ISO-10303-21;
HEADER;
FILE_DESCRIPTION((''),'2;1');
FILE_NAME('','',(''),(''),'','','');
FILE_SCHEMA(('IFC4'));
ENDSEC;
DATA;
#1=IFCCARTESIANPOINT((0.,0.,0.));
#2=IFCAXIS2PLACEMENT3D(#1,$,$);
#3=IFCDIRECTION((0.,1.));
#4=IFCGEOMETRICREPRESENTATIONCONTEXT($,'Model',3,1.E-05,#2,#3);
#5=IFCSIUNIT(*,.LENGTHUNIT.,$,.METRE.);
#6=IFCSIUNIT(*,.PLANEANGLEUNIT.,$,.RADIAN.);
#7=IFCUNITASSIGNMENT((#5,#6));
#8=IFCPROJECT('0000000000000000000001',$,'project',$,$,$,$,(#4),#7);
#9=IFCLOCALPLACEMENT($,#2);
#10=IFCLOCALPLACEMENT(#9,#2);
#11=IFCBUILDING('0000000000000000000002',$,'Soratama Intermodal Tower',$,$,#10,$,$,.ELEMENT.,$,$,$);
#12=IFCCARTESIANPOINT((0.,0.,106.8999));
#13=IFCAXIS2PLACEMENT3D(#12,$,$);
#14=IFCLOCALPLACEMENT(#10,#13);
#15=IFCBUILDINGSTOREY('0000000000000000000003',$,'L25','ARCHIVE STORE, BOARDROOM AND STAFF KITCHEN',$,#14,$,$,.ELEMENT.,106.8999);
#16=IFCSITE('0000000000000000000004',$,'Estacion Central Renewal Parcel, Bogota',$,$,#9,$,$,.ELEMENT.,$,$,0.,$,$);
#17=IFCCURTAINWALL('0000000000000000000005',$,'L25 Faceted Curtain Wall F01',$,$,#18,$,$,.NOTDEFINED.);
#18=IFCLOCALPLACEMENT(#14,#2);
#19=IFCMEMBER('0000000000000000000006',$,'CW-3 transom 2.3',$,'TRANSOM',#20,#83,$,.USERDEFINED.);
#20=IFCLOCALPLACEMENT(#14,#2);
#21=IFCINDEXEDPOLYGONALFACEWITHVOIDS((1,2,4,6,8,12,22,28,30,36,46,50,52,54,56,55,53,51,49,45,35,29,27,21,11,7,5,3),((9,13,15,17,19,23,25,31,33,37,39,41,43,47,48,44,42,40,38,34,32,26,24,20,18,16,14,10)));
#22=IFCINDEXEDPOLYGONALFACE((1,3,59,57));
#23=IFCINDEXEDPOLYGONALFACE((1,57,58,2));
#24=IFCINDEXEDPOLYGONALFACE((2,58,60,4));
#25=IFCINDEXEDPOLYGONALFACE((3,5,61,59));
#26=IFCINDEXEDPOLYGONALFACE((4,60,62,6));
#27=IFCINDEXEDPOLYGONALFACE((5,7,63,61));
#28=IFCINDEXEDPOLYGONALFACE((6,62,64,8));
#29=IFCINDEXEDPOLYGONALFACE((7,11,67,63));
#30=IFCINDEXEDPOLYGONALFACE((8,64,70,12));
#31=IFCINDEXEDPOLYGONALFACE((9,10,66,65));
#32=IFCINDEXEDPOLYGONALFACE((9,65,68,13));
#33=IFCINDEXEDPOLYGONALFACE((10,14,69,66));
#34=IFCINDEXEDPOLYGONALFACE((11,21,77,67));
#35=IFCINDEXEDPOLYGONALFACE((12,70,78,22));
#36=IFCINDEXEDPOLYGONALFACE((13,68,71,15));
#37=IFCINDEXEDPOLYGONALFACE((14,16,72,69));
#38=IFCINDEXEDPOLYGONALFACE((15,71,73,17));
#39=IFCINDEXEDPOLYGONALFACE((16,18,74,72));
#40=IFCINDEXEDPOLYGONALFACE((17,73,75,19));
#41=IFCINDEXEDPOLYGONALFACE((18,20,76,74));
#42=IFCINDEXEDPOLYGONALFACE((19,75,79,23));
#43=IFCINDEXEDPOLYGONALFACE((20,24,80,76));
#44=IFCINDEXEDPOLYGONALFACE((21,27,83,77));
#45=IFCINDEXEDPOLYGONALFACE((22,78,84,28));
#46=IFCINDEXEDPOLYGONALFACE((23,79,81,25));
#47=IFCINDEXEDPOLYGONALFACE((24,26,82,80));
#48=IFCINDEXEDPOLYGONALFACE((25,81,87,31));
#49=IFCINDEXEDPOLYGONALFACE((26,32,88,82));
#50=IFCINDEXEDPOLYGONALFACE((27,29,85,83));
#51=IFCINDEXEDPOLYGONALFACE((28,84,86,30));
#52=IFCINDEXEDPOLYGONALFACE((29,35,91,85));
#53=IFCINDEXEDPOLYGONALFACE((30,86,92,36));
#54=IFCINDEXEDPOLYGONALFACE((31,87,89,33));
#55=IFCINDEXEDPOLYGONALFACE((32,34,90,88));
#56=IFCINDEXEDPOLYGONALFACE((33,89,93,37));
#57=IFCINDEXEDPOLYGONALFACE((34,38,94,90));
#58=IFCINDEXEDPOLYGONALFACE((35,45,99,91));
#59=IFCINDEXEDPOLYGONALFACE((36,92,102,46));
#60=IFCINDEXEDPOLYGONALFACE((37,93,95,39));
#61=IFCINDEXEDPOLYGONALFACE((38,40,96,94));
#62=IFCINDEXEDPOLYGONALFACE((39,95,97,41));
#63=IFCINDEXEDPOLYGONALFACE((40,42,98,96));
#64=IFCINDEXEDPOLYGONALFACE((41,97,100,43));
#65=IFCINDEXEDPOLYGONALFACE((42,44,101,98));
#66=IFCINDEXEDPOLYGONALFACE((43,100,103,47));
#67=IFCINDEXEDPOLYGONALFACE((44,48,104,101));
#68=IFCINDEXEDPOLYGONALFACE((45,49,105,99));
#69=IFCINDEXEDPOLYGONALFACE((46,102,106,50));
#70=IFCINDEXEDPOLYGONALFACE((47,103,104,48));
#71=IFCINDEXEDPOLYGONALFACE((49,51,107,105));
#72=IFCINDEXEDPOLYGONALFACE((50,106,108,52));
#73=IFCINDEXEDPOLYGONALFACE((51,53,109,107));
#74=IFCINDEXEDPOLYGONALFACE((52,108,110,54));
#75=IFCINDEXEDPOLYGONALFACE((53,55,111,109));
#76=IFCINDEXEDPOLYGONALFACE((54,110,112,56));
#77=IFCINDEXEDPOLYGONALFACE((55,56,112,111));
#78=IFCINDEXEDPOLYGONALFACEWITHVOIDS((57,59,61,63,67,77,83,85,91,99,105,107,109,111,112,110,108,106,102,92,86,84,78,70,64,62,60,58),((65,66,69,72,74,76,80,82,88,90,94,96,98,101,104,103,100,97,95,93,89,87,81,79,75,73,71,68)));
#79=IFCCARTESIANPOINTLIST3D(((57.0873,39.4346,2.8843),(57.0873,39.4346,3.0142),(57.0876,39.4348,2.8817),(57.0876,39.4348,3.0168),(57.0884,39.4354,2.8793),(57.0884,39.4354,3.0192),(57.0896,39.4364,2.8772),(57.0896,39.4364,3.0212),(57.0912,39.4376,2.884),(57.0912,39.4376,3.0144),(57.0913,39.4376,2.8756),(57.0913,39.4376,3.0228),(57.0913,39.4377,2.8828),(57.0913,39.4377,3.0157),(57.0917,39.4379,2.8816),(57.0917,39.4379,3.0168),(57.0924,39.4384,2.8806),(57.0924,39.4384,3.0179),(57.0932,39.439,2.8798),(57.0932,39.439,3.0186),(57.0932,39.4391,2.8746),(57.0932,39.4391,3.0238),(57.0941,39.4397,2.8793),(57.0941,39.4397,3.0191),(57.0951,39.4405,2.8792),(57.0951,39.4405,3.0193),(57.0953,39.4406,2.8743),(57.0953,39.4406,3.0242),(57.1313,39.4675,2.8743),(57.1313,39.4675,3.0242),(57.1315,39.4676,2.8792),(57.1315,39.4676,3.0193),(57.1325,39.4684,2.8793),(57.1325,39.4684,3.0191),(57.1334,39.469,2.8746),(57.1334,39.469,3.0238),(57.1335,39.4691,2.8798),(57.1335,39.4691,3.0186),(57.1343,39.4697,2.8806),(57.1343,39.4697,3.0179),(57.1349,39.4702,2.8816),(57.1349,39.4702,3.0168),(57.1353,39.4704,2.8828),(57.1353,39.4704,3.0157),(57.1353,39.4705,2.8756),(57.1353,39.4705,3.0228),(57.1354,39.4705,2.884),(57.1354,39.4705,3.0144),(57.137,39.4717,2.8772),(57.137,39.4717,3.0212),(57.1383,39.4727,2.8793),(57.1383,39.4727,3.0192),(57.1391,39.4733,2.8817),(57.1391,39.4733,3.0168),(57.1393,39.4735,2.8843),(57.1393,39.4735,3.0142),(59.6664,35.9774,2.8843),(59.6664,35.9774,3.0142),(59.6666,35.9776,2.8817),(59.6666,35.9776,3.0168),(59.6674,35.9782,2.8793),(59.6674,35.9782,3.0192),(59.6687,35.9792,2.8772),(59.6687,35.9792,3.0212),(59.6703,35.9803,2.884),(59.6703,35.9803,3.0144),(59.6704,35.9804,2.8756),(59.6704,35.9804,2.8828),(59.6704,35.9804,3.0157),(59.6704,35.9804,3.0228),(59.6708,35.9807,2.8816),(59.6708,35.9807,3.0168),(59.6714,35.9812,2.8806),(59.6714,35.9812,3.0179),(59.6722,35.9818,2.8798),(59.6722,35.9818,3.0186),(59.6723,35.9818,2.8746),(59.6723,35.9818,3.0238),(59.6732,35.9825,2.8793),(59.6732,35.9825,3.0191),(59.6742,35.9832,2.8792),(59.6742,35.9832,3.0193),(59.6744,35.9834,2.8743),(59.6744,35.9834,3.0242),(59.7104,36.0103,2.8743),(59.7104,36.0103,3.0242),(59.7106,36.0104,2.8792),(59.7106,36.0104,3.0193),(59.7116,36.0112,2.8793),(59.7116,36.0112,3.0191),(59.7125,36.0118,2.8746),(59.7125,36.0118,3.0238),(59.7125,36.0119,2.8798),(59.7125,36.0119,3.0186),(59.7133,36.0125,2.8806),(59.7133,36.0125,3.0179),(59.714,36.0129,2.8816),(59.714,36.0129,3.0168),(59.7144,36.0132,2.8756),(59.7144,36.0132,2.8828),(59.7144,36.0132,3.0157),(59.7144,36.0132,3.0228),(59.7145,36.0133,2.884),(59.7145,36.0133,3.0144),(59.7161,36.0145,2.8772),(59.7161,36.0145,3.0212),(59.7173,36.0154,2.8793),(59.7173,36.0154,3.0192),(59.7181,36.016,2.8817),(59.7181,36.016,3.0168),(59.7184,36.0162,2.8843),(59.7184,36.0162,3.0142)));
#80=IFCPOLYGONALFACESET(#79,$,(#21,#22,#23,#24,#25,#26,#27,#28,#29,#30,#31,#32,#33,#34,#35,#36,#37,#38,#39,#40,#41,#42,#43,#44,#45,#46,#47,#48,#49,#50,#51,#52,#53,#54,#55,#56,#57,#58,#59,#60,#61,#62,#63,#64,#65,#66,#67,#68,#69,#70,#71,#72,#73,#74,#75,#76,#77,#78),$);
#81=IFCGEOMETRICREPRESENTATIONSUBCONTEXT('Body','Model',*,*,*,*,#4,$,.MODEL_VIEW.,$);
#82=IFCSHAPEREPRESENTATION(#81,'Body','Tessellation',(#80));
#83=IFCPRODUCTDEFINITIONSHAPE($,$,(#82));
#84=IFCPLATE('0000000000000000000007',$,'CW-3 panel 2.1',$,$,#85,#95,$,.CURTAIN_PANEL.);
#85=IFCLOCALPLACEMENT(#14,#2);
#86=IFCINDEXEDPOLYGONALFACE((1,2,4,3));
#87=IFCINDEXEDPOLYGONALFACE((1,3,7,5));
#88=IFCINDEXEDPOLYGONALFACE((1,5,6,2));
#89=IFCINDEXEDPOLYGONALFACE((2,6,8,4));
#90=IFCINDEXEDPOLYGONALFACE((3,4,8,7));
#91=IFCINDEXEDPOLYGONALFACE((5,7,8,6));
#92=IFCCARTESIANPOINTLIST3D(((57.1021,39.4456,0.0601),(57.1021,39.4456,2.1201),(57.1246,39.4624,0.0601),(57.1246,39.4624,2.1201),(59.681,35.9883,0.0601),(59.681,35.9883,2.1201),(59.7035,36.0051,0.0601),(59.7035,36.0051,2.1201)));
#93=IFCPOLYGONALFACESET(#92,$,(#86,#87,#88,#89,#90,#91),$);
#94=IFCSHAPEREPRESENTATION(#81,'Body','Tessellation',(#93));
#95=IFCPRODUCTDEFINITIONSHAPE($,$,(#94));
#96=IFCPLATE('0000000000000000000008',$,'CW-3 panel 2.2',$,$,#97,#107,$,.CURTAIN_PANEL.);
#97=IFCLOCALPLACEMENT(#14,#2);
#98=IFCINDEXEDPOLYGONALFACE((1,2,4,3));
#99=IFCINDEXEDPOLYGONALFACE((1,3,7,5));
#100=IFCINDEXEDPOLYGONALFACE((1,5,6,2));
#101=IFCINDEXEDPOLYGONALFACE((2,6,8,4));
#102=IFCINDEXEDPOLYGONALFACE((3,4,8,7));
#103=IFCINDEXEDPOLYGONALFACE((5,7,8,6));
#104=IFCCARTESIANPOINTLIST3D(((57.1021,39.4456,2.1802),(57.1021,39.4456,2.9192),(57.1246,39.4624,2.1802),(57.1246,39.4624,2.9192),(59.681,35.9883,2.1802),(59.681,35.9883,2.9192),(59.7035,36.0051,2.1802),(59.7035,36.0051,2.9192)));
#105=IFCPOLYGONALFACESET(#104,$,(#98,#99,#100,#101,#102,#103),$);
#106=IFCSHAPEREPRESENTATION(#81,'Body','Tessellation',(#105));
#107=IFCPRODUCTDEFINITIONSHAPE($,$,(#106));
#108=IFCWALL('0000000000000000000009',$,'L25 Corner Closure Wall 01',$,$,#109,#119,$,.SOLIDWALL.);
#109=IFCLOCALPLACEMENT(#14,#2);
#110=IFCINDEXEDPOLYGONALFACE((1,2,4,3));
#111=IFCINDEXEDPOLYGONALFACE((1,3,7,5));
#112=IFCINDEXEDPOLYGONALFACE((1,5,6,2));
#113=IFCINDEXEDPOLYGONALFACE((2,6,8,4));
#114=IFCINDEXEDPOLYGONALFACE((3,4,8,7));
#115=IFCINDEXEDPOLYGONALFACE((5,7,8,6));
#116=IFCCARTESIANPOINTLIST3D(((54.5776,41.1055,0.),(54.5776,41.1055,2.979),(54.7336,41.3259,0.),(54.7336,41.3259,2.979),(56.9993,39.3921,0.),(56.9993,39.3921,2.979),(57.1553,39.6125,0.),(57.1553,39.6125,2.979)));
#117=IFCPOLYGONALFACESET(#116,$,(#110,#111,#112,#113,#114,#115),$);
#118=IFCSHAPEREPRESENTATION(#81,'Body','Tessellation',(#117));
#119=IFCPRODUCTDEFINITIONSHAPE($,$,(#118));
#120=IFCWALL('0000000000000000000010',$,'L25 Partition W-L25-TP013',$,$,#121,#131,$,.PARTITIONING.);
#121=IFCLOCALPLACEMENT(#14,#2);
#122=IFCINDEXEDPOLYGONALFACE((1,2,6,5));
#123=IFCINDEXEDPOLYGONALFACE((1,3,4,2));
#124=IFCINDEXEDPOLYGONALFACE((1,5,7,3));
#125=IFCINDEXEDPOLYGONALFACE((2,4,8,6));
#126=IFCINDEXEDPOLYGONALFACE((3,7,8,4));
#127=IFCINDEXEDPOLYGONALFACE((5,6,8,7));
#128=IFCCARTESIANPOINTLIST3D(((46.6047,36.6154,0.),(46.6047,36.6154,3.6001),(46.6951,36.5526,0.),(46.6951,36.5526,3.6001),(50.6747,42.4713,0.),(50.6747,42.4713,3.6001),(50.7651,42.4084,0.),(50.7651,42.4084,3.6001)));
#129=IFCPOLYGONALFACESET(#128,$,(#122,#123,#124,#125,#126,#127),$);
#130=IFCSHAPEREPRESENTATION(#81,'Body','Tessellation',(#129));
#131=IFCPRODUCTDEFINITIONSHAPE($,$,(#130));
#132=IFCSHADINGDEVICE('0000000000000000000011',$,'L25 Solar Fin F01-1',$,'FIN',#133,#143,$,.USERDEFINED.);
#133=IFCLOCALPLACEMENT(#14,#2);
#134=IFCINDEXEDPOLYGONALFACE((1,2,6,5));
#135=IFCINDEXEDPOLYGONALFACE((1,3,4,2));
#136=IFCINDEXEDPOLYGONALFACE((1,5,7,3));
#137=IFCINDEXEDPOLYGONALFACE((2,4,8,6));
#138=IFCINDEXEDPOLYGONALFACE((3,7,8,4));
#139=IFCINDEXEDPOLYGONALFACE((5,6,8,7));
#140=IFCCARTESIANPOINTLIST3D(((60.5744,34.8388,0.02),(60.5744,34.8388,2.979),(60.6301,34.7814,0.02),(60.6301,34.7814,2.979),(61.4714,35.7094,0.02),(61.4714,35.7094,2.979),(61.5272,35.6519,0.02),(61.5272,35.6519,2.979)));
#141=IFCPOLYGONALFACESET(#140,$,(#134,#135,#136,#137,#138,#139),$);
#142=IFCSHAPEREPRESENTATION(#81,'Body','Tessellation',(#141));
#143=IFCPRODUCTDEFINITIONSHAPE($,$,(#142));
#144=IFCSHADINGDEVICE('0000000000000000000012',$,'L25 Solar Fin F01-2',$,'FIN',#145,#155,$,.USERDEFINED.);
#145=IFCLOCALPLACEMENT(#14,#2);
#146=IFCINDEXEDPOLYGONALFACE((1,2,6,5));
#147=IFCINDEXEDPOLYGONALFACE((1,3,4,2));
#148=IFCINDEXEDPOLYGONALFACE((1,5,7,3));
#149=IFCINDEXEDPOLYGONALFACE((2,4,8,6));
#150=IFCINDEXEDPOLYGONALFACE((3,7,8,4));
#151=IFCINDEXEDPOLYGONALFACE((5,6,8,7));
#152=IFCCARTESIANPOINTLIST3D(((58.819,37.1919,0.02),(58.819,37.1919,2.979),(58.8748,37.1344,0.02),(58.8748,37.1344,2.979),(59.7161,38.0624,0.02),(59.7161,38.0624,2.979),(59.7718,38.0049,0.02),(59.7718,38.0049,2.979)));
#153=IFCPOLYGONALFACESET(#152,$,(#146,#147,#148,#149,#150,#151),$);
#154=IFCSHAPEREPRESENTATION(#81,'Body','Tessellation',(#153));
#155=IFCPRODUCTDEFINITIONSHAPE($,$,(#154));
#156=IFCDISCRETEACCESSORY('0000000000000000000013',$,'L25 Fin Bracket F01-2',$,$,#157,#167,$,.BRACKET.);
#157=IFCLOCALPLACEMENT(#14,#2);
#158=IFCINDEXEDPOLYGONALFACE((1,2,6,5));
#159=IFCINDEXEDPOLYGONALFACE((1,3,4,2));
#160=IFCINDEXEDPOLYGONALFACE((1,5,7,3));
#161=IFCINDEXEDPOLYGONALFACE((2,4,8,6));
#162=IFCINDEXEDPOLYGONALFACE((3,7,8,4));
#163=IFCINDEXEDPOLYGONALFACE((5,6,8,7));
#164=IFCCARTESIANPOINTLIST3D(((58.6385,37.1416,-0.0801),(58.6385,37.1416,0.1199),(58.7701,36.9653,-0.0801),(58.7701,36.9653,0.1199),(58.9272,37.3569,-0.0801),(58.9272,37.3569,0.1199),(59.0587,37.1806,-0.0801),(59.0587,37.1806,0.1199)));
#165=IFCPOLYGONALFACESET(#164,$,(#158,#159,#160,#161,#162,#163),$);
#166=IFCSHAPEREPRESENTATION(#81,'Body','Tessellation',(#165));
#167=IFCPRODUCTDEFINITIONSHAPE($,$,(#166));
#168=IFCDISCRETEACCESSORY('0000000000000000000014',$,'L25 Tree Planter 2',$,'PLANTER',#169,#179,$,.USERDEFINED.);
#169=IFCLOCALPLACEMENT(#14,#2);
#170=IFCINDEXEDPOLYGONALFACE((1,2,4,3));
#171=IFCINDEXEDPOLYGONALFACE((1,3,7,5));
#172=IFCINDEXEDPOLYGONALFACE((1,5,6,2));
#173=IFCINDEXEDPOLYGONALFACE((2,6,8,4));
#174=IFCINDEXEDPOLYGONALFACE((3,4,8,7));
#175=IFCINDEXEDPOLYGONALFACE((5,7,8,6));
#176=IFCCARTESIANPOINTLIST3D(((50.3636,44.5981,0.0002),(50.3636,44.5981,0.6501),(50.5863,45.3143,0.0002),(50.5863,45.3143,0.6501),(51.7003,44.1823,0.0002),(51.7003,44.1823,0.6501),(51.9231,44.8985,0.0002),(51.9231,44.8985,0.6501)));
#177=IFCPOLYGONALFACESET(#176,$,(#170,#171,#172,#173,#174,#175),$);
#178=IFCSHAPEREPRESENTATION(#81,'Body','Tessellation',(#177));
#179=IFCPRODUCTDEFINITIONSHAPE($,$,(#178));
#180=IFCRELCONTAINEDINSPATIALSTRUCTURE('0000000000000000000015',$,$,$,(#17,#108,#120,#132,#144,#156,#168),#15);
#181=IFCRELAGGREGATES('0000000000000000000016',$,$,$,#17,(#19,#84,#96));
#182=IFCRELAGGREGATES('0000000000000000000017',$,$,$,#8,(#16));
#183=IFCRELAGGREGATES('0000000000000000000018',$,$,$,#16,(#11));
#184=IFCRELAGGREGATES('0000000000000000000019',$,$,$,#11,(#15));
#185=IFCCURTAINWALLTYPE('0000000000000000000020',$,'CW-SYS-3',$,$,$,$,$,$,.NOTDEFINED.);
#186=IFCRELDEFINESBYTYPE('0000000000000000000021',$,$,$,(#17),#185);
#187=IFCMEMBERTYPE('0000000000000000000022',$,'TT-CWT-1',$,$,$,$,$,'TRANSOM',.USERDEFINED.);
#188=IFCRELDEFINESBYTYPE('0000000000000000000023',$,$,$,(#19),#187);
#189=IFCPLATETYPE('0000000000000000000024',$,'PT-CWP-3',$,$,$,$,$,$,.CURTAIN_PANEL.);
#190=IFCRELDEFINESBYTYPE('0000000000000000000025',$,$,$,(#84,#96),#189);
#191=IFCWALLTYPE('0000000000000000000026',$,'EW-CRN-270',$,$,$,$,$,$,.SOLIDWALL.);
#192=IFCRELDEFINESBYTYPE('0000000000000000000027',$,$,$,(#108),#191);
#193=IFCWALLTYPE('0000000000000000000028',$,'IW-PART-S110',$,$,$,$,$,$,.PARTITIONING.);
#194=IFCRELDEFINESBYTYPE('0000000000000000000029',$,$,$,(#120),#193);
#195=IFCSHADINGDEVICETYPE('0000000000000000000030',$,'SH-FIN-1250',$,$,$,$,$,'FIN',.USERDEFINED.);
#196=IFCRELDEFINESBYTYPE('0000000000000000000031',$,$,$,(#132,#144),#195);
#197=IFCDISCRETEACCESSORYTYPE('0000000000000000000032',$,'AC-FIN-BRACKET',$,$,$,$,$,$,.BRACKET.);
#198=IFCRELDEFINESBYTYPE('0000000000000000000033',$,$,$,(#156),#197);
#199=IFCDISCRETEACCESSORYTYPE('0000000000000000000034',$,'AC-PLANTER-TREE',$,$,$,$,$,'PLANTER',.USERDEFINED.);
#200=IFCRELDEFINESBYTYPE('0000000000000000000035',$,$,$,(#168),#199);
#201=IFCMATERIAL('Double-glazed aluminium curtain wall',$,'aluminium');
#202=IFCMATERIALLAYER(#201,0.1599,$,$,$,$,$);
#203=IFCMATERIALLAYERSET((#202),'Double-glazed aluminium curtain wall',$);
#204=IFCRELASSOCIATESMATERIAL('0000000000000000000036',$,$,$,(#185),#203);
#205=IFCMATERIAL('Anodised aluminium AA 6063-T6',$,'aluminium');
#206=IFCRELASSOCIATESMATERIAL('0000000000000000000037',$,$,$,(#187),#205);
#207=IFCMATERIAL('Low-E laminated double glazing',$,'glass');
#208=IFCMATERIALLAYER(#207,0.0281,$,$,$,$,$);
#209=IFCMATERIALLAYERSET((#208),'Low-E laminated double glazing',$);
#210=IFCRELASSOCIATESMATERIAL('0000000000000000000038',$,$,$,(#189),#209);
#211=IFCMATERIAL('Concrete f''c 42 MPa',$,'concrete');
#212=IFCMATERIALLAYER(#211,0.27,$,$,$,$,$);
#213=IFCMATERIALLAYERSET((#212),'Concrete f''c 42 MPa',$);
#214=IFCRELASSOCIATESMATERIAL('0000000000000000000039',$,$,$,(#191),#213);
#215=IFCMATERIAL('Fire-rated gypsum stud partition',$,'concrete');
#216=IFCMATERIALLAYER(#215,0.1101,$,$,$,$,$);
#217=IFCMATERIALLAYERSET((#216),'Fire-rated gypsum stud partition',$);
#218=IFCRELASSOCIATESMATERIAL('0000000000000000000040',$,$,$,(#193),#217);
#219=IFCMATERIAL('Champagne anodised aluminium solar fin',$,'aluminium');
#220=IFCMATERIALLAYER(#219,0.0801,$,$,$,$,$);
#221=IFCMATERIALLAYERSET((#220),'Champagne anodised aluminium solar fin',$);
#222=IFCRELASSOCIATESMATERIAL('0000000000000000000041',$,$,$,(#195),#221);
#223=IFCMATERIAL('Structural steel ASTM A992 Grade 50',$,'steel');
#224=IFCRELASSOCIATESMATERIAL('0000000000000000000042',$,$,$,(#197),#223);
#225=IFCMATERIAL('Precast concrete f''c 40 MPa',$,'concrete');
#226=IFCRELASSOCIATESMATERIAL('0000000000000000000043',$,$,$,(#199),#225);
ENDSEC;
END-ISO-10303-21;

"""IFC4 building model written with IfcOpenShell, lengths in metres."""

from ifc_helpers import new_model, si_unit, direction, frame, frame_2d, origin, origin_2d, place, context, subcontext, project, spatial, rectangle, hollow_rectangle, extrude, material, layer, layer_set, material_profile, profile_set, type_object, element, aggregate, save


model = new_model("IFC4")

# Units and contexts
model_context = context("Model", 3, precision=1e-05, world=origin(), true_north=direction((0.0, 1.0)))
body_context = subcontext(model_context, "Body", "Model", "MODEL_VIEW")
ifc_project = project(units=[si_unit("LENGTHUNIT", "METRE"), si_unit("PLANEANGLEUNIT", "RADIAN")], contexts=[model_context])

# Site, building, storey
site_placement = place(None, origin())
site = spatial("IfcSite", under=ifc_project, at=site_placement, Name="Estacion Central Renewal Parcel, Bogota", CompositionType="ELEMENT", RefElevation=0.0)
building_placement = place(site_placement, origin())
building = spatial("IfcBuilding", under=site, at=building_placement, Name="Soratama Intermodal Tower", CompositionType="ELEMENT")
storey_placement = place(building_placement, frame((0.0, 0.0, 106.8999)))
storey = spatial("IfcBuildingStorey", under=building, at=storey_placement, Name="L25", Description="ARCHIVE STORE, BOARDROOM AND STAFF KITCHEN", CompositionType="ELEMENT", Elevation=106.8999)

# Curtain wall, member, plates
ifc_material_1 = material(Name="Double-glazed aluminium curtain wall", Category="aluminium")
ifc_layer_1 = layer(ifc_material_1, 0.1599)
ifc_layer_set_1 = layer_set([ifc_layer_1], Name="Double-glazed aluminium curtain wall")
curtain_wall_type = type_object("IfcCurtainWallType", Name="CW-SYS-3", PredefinedType="NOTDEFINED", material=ifc_layer_set_1)
curtain_wall_placement = place(storey_placement, origin())
curtain_wall = element("IfcCurtainWall", 1, at=curtain_wall_placement, inside=storey, type_object=curtain_wall_type, Name="L25 Faceted Curtain Wall F01", PredefinedType="NOTDEFINED")
ifc_material_2 = material(Name="Anodised aluminium AA 6063-T6", Category="aluminium")
ifc_material_profile_1 = material_profile(ifc_material_2, hollow_rectangle(XDim=0.0649, YDim=0.1499, WallThickness=0.0049, InnerFilletRadius=0.0049, OuterFilletRadius=0.01, at=origin_2d()), Name="CWT150X65X5")
ifc_profile_set_1 = profile_set([ifc_material_profile_1], Name="Anodised aluminium AA 6063-T6")
member_type_1 = type_object("IfcMemberType", Name="TT-CWT-1", ElementType="TRANSOM", PredefinedType="USERDEFINED", material=ifc_profile_set_1)
member_1_placement = place(storey_placement, frame((59.6924, 35.9968, 2.9492), z_axis=(-0.597942, 0.801539, 0.0), x_axis=(-0.801539, -0.597942, 0.0)))
member_1 = element("IfcMember", 2, at=member_1_placement, type_object=member_type_1, Name="CW-3 transom 2.3", ObjectType="TRANSOM", PredefinedType="USERDEFINED", context=body_context, shape_type="SweptSolid", body=[
    extrude(hollow_rectangle(XDim=0.0649, YDim=0.1499, WallThickness=0.0049, InnerFilletRadius=0.0049, OuterFilletRadius=0.01, at=origin_2d()), origin(), (0.0, 0.0, 1.0), 4.3132),
])
ifc_material_3 = material(Name="Low-E laminated double glazing", Category="glass")
ifc_layer_2 = layer(ifc_material_3, 0.0281)
ifc_layer_set_2 = layer_set([ifc_layer_2], Name="Low-E laminated double glazing")
plate_type = type_object("IfcPlateType", Name="PT-CWP-3", PredefinedType="CURTAIN_PANEL", material=ifc_layer_set_2)
plate_1_placement = place(storey_placement, frame((58.4028, 37.7253, 0.0601), z_axis=(0.0, 0.0, 1.0), x_axis=(-0.597909, 0.801564, 0.0)))
plate_1 = element("IfcPlate", 3, at=plate_1_placement, type_object=plate_type, Name="CW-3 panel 2.1", PredefinedType="CURTAIN_PANEL", context=body_context, shape_type="SweptSolid", body=[
    extrude(rectangle(XDim=4.3132, YDim=0.0281, at=origin_2d()), origin(), (0.0, 0.0, 1.0), 2.0601),
])
plate_2_placement = place(storey_placement, frame((58.4028, 37.7253, 2.1802), z_axis=(0.0, 0.0, 1.0), x_axis=(-0.597909, 0.801564, 0.0)))
plate_2 = element("IfcPlate", 4, at=plate_2_placement, type_object=plate_type, Name="CW-3 panel 2.2", PredefinedType="CURTAIN_PANEL", context=body_context, shape_type="SweptSolid", body=[
    extrude(rectangle(XDim=4.3132, YDim=0.0281, at=origin_2d()), origin(), (0.0, 0.0, 1.0), 0.739),
])
aggregate(curtain_wall, [member_1, plate_1, plate_2])

# Wall
ifc_material_4 = material(Name="Concrete f'c 42 MPa", Category="concrete")
ifc_layer_3 = layer(ifc_material_4, 0.27)
ifc_layer_set_3 = layer_set([ifc_layer_3], Name="Concrete f'c 42 MPa")
wall_type_1 = type_object("IfcWallType", Name="EW-CRN-270", PredefinedType="SOLIDWALL", material=ifc_layer_set_3)
wall_1_placement = place(storey_placement, frame((57.0774, 39.5022, 0.0), z_axis=(0.0, 0.0, 1.0), x_axis=(-0.816333, 0.577581, 0.0)))
element("IfcWall", 5, at=wall_1_placement, inside=storey, type_object=wall_type_1, Name="L25 Corner Closure Wall 01", PredefinedType="SOLIDWALL", context=body_context, shape_type="SweptSolid", body=[
    extrude(rectangle(XDim=2.9666, YDim=0.27, at=frame_2d((1.4834, 0.0))), origin(), (0.0, 0.0, 1.0), 2.979),
])

# Wall
ifc_material_5 = material(Name="Fire-rated gypsum stud partition", Category="concrete")
ifc_layer_4 = layer(ifc_material_5, 0.1101)
ifc_layer_set_4 = layer_set([ifc_layer_4], Name="Fire-rated gypsum stud partition")
wall_type_2 = type_object("IfcWallType", Name="IW-PART-S110", PredefinedType="PARTITIONING", material=ifc_layer_set_4)
wall_2_placement = place(storey_placement, frame((46.6499, 36.584, 0.0), z_axis=(0.0, 0.0, 1.0), x_axis=(0.57072, 0.821144, 0.0)))
element("IfcWall", 6, at=wall_2_placement, inside=storey, type_object=wall_type_2, Name="L25 Partition W-L25-TP013", PredefinedType="PARTITIONING", context=body_context, shape_type="SweptSolid", body=[
    extrude(rectangle(XDim=7.1313, YDim=0.1101, at=frame_2d((3.5657, 0.0))), origin(), (0.0, 0.0, 1.0), 3.6001),
])

# Shading devices
ifc_material_6 = material(Name="Champagne anodised aluminium solar fin", Category="aluminium")
ifc_layer_5 = layer(ifc_material_6, 0.0801)
ifc_layer_set_5 = layer_set([ifc_layer_5], Name="Champagne anodised aluminium solar fin")
shading_device_type = type_object("IfcShadingDeviceType", Name="SH-FIN-1250", ElementType="FIN", PredefinedType="USERDEFINED", material=ifc_layer_set_5)
for number, where, z_axis, x_axis, name in (
    (7, (61.0508, 35.2454, 0.02), (0.0, 0.0, 1.0), (0.71764, 0.696414, 0.0), "L25 Solar Fin F01-1"),
    (8, (59.2954, 37.5984, 0.02), (0.0, 0.0, 1.0), (0.71764, 0.696414, 0.0), "L25 Solar Fin F01-2"),
):
    element("IfcShadingDevice", number, at=place(storey_placement, frame(where, z_axis=z_axis, x_axis=x_axis)), inside=storey, type_object=shading_device_type, Name=name, ObjectType="FIN", PredefinedType="USERDEFINED", context=body_context, shape_type="SweptSolid", body=[
        extrude(rectangle(XDim=1.25, YDim=0.0801, at=origin_2d()), origin(), (0.0, 0.0, 1.0), 2.959),
    ])

# Discrete accessories
ifc_material_7 = material(Name="Structural steel ASTM A992 Grade 50", Category="steel")
discrete_accessory_type_1 = type_object("IfcDiscreteAccessoryType", Name="AC-FIN-BRACKET", PredefinedType="BRACKET", material=ifc_material_7)
discrete_accessory_1_placement = place(storey_placement, frame((58.8486, 37.1611, -0.0801), z_axis=(0.0, 0.0, 1.0), x_axis=(0.801567, 0.597905, 0.0)))
element("IfcDiscreteAccessory", 9, at=discrete_accessory_1_placement, inside=storey, type_object=discrete_accessory_type_1, Name="L25 Fin Bracket F01-2", PredefinedType="BRACKET", context=body_context, shape_type="SweptSolid", body=[
    extrude(rectangle(XDim=0.3601, YDim=0.22, at=origin_2d()), origin(), (0.0, 0.0, 1.0), 0.2),
])
ifc_material_8 = material(Name="Precast concrete f'c 40 MPa", Category="concrete")
discrete_accessory_type_2 = type_object("IfcDiscreteAccessoryType", Name="AC-PLANTER-TREE", ElementType="PLANTER", PredefinedType="USERDEFINED", material=ifc_material_8)
discrete_accessory_2_placement = place(storey_placement, frame((51.1433, 44.7483, 0.0002), z_axis=(0.0, 0.0, 1.0), x_axis=(0.297042, 0.954865, 0.0)))
element("IfcDiscreteAccessory", 10, at=discrete_accessory_2_placement, inside=storey, type_object=discrete_accessory_type_2, Name="L25 Tree Planter 2", ObjectType="PLANTER", PredefinedType="USERDEFINED", context=body_context, shape_type="SweptSolid", body=[
    extrude(rectangle(XDim=0.75, YDim=1.3999, at=origin_2d()), origin(), (0.0, 0.0, 1.0), 0.6499),
])

save(model, "model.ifc")
